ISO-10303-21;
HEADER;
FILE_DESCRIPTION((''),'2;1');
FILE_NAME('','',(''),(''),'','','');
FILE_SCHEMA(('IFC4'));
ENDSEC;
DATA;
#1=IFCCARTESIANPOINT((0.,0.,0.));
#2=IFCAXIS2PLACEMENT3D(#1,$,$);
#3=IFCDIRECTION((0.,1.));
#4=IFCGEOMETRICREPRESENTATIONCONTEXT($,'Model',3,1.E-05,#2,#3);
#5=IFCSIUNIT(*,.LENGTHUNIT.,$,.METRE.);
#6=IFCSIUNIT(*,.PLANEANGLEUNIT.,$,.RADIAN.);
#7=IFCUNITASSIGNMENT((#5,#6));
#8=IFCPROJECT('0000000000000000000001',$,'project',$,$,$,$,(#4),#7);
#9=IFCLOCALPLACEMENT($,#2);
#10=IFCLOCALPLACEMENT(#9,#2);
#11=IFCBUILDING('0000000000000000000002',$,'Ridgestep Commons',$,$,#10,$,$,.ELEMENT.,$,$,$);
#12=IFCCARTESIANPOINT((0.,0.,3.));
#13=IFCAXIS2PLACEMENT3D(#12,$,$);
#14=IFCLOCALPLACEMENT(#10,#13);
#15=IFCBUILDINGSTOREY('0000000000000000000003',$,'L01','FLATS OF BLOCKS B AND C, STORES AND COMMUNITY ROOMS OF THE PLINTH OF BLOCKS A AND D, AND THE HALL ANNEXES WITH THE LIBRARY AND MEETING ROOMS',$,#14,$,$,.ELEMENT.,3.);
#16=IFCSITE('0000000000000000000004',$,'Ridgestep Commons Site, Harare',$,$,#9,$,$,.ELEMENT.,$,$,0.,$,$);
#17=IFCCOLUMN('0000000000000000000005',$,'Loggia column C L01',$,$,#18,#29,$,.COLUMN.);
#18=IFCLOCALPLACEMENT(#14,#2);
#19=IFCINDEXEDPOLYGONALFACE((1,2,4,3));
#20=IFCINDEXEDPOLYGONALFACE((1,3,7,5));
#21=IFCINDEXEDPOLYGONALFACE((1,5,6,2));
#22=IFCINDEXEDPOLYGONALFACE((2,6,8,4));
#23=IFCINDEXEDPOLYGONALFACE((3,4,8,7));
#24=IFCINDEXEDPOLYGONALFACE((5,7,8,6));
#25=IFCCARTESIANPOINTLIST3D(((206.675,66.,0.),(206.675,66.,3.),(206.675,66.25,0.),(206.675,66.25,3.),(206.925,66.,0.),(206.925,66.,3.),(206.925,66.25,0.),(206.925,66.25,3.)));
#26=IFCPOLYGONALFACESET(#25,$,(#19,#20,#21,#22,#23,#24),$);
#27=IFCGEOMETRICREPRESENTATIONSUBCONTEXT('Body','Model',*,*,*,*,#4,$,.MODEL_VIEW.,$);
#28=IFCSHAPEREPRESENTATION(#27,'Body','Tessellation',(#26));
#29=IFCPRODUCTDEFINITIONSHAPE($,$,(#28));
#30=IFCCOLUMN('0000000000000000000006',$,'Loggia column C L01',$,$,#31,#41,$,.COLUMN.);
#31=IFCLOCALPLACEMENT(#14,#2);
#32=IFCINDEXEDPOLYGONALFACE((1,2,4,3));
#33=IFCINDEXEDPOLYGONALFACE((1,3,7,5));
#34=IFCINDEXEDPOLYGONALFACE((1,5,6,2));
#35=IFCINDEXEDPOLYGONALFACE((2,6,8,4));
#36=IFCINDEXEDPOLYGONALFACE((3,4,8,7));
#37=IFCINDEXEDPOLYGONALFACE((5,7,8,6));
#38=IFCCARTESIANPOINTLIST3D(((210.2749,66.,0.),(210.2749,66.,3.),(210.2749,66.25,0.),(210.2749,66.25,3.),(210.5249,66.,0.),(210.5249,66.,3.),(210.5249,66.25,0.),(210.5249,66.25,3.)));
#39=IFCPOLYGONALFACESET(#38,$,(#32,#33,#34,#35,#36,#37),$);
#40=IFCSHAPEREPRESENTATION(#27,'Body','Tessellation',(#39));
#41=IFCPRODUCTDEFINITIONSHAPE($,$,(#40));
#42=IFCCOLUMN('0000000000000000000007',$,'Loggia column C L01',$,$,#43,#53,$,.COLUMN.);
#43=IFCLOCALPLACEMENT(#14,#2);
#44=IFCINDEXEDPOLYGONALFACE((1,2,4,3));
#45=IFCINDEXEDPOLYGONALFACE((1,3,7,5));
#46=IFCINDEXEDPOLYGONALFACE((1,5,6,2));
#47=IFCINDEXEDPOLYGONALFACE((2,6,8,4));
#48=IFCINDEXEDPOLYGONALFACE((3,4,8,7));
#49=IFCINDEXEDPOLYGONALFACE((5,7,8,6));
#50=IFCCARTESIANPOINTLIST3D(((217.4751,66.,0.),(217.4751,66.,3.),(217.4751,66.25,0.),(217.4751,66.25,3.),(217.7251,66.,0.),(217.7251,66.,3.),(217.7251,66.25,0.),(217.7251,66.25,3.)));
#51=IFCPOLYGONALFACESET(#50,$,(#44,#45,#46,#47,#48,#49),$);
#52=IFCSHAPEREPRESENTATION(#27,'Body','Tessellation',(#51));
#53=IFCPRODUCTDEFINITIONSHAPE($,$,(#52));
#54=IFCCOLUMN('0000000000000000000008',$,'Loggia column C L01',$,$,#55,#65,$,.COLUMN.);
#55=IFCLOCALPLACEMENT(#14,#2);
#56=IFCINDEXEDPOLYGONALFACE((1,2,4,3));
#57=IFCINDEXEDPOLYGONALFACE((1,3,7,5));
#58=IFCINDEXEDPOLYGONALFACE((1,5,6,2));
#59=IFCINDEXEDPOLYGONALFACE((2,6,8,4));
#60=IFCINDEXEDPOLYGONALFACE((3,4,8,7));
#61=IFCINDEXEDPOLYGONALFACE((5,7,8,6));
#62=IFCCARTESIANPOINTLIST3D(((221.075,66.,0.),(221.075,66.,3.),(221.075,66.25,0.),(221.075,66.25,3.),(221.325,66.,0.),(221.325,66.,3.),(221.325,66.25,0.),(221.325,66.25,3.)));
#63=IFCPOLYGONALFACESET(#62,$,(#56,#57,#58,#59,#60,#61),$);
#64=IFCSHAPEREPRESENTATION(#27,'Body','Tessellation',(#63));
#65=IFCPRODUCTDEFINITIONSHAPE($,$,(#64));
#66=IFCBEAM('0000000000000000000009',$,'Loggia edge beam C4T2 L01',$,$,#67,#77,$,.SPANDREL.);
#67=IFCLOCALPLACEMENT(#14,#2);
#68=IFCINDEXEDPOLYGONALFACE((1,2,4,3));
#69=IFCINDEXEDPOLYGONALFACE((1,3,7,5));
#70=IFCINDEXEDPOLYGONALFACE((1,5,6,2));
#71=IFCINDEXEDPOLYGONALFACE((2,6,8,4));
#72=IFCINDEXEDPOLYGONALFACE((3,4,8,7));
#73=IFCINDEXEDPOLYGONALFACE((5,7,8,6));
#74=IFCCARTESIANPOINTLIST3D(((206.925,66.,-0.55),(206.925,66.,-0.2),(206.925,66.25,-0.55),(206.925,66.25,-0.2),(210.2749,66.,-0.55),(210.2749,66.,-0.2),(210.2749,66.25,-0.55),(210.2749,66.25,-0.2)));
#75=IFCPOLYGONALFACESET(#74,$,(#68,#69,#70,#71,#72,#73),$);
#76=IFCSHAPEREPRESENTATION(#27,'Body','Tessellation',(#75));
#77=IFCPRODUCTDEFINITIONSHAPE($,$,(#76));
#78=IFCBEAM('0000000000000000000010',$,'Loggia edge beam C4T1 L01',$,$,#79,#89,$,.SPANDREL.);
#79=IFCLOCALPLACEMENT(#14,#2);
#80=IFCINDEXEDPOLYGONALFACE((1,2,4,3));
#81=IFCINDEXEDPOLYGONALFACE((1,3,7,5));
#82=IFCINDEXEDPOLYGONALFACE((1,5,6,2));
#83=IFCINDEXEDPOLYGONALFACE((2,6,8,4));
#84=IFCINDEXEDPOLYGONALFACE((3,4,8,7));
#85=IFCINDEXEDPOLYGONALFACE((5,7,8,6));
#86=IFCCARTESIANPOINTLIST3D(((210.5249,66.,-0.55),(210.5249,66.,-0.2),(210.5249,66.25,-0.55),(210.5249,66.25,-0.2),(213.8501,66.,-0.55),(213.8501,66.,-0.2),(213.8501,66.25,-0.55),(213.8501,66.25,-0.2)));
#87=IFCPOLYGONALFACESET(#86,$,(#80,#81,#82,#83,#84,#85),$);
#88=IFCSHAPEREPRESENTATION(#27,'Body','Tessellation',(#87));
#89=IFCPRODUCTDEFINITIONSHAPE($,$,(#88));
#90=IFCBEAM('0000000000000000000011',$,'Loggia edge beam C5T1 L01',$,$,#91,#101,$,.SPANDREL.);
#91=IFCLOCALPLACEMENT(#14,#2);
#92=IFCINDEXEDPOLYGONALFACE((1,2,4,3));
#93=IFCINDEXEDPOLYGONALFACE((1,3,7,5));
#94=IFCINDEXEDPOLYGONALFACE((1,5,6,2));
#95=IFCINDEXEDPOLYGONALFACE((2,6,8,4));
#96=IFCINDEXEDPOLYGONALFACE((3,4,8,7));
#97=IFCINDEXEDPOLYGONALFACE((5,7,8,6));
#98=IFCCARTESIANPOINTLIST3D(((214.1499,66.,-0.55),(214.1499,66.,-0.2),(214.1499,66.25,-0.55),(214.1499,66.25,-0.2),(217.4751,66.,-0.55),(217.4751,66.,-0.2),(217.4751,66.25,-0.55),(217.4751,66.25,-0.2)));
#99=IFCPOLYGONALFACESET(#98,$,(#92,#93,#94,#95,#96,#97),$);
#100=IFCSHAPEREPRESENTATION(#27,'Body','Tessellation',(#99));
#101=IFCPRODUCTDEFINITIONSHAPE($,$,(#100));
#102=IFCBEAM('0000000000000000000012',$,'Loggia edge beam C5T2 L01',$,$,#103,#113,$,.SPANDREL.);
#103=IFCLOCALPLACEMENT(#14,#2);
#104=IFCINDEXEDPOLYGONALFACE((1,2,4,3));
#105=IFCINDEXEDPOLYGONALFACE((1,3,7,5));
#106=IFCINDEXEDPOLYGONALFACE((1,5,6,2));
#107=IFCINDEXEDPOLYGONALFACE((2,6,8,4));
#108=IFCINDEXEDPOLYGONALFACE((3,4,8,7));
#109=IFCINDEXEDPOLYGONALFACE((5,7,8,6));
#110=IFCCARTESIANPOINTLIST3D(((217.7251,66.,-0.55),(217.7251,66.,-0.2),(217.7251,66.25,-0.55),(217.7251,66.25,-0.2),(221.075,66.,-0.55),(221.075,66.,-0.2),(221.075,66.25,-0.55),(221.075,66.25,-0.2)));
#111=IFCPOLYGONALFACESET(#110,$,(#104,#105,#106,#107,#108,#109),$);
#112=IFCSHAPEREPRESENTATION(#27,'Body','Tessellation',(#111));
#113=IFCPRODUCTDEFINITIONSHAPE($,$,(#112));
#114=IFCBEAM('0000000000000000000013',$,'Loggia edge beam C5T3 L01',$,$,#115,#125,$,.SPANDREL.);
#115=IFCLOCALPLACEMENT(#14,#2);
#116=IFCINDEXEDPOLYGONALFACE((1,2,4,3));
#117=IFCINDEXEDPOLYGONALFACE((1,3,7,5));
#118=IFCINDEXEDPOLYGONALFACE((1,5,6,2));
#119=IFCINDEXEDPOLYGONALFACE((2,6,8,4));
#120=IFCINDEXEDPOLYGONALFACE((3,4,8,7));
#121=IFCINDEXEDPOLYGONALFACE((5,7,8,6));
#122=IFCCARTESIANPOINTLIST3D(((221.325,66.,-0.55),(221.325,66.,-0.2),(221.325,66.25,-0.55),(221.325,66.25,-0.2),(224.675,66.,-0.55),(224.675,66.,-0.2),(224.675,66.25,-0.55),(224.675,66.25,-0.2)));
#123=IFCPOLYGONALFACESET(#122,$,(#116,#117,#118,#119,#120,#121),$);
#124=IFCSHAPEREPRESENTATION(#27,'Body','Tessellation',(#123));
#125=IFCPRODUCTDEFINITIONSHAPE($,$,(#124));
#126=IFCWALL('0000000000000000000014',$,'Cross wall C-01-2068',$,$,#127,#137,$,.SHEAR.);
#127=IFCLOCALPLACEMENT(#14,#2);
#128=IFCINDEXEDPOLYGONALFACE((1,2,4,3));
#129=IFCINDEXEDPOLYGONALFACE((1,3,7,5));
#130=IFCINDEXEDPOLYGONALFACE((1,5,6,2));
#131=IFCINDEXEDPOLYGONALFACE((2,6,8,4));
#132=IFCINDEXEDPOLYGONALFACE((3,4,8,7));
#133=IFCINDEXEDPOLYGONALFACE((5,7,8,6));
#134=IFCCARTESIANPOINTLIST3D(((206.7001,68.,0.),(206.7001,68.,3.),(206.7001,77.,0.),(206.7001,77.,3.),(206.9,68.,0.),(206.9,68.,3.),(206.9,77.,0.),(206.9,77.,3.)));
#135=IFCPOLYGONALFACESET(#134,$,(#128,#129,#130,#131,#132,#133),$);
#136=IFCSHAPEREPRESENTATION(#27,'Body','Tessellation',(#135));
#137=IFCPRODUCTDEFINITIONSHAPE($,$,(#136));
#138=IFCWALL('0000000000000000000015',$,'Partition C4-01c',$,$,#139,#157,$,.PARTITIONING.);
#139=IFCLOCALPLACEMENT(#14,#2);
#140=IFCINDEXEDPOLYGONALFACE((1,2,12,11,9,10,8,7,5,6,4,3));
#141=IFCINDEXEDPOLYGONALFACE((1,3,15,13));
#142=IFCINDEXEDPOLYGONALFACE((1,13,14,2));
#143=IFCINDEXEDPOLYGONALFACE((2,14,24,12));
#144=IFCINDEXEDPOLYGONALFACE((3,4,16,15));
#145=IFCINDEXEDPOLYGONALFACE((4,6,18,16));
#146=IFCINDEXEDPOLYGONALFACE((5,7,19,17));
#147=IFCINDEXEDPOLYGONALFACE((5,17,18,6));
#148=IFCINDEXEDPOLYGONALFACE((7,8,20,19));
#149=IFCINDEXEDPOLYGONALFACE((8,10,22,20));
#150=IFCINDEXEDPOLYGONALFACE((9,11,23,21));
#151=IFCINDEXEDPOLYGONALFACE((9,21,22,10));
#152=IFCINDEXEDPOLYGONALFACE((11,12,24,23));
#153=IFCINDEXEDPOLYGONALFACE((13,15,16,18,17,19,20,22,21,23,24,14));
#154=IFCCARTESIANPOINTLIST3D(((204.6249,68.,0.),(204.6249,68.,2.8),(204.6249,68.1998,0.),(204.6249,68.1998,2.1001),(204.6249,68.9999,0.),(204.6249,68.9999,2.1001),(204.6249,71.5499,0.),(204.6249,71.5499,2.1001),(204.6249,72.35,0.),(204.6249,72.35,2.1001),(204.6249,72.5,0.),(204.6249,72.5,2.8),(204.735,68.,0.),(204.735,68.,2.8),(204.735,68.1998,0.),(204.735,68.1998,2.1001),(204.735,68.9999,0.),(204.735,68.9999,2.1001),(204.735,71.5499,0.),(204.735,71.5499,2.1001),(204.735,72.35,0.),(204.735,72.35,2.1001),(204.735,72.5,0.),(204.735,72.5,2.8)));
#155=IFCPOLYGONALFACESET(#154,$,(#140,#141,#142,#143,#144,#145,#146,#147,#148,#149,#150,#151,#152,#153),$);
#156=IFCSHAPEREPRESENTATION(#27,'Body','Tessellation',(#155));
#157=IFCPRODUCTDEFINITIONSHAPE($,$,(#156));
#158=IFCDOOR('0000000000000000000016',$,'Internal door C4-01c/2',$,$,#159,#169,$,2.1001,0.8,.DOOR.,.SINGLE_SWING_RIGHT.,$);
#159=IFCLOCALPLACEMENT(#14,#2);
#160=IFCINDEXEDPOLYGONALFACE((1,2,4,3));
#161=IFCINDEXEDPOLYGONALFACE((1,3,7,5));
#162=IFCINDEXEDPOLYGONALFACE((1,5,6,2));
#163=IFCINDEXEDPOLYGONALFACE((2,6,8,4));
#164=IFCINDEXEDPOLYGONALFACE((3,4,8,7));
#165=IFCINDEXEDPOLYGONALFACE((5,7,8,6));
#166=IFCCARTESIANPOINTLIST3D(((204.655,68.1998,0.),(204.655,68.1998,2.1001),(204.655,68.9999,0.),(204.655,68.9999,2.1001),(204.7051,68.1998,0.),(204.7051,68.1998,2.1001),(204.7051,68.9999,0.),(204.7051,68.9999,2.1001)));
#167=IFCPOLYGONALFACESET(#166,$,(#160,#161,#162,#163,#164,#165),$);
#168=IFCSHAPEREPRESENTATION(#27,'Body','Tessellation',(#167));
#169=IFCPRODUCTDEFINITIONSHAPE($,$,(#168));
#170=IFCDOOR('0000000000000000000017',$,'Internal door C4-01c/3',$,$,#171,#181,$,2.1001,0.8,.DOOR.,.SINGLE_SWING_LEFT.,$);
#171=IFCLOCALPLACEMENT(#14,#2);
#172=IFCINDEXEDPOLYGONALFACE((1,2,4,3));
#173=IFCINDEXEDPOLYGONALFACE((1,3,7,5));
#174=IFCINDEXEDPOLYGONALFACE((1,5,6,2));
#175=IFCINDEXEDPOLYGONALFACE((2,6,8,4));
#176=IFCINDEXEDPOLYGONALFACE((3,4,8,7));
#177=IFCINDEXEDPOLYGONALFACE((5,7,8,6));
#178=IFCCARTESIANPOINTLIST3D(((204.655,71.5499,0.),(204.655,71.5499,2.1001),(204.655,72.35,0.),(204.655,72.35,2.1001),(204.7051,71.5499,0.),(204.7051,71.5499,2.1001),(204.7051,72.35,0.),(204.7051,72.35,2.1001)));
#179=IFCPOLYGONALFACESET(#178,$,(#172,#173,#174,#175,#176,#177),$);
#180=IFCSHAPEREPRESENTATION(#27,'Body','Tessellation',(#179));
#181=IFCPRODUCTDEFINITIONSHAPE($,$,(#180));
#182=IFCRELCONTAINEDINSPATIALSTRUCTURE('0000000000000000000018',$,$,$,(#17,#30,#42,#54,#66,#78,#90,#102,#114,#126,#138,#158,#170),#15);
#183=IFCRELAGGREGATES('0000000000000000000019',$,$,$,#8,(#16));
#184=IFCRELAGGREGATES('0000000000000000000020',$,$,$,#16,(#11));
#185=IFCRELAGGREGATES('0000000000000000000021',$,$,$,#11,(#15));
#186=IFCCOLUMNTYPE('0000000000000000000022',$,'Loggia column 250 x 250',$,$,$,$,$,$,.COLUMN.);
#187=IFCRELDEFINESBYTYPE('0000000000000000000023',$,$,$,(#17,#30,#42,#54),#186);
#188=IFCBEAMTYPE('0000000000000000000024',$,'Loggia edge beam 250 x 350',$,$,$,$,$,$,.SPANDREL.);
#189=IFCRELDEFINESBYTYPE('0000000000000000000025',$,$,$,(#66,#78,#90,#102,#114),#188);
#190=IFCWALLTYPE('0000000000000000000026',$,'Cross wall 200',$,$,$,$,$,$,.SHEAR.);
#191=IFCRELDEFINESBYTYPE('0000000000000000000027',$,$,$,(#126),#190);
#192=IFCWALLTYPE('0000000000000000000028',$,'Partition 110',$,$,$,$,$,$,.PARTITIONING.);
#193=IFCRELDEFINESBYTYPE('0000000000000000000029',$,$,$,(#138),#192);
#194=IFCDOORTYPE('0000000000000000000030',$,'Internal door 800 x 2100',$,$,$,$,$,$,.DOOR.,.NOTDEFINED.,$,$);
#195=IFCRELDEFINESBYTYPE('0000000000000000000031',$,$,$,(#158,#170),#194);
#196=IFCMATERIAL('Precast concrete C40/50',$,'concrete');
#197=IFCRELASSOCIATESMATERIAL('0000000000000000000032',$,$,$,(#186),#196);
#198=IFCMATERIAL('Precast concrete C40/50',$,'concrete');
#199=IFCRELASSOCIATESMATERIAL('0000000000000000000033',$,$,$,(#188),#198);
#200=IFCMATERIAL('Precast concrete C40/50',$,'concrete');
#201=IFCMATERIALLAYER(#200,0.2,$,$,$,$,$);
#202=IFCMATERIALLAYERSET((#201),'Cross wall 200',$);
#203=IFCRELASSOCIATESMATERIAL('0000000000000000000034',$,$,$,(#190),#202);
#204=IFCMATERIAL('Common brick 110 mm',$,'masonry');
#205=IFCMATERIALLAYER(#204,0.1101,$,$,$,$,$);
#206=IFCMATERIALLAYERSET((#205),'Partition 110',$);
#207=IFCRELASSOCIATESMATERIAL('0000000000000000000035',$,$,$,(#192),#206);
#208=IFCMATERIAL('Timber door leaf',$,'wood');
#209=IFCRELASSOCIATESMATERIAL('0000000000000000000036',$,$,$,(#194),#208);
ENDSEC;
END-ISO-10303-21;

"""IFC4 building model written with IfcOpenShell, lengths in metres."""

from ifc_helpers import new_model, si_unit, direction, frame, frame_2d, origin, origin_2d, place, context, subcontext, project, spatial, rectangle, extrude, material, layer, layer_set, material_profile, profile_set, type_object, element, fill, save


model = new_model("IFC4")

# Units and contexts
model_context = context("Model", 3, precision=1e-05, world=origin(), true_north=direction((0.0, 1.0)))
body_context = subcontext(model_context, "Body", "Model", "MODEL_VIEW")
ifc_project = project(units=[si_unit("LENGTHUNIT", "METRE"), si_unit("PLANEANGLEUNIT", "RADIAN")], contexts=[model_context])

# Site, building, storey
site_placement = place(None, origin())
site = spatial("IfcSite", under=ifc_project, at=site_placement, Name="Ridgestep Commons Site, Harare", CompositionType="ELEMENT", RefElevation=0.0)
building_placement = place(site_placement, origin())
building = spatial("IfcBuilding", under=site, at=building_placement, Name="Ridgestep Commons", CompositionType="ELEMENT")
storey_placement = place(building_placement, frame((0.0, 0.0, 3.0)))
storey = spatial("IfcBuildingStorey", under=building, at=storey_placement, Name="L01", Description="FLATS OF BLOCKS B AND C, STORES AND COMMUNITY ROOMS OF THE PLINTH OF BLOCKS A AND D, AND THE HALL ANNEXES WITH THE LIBRARY AND MEETING ROOMS", CompositionType="ELEMENT", Elevation=3.0)

# Columns
ifc_material_1 = material(Name="Precast concrete C40/50", Category="concrete")
ifc_material_profile_1 = material_profile(ifc_material_1, rectangle(XDim=0.25, YDim=0.25, at=origin_2d()), Name="PC 250x250")
ifc_profile_set_1 = profile_set([ifc_material_profile_1], Name="Precast concrete C40/50")
column_type = type_object("IfcColumnType", Name="Loggia column 250 x 250", PredefinedType="COLUMN", material=ifc_profile_set_1)
for number, where, z_axis, x_axis, name in (
    (1, (206.8, 66.125, 0.0), (0.0, 0.0, 1.0), (1.0, 0.0, 0.0), "Loggia column C L01"),
    (2, (210.3999, 66.125, 0.0), (0.0, 0.0, 1.0), (1.0, 0.0, 0.0), "Loggia column C L01"),
    (3, (217.6001, 66.125, 0.0), (0.0, 0.0, 1.0), (1.0, 0.0, 0.0), "Loggia column C L01"),
    (4, (221.2, 66.125, 0.0), (0.0, 0.0, 1.0), (1.0, 0.0, 0.0), "Loggia column C L01"),
):
    element("IfcColumn", number, at=place(storey_placement, frame(where, z_axis=z_axis, x_axis=x_axis)), inside=storey, type_object=column_type, Name=name, PredefinedType="COLUMN", context=body_context, shape_type="SweptSolid", body=[
        extrude(rectangle(XDim=0.25, YDim=0.25, at=origin_2d()), origin(), (0.0, 0.0, 1.0), 3.0),
    ])

# Beams
ifc_material_2 = material(Name="Precast concrete C40/50", Category="concrete")
ifc_material_profile_2 = material_profile(ifc_material_2, rectangle(XDim=0.25, YDim=0.3501, at=origin_2d()), Name="PC 250x350")
ifc_profile_set_2 = profile_set([ifc_material_profile_2], Name="Precast concrete C40/50")
beam_type = type_object("IfcBeamType", Name="Loggia edge beam 250 x 350", PredefinedType="SPANDREL", material=ifc_profile_set_2)
beam_1_placement = place(storey_placement, frame((206.925, 66.125, -0.375), z_axis=(1.0, 0.0, 0.0), x_axis=(0.0, 1.0, 0.0)))
element("IfcBeam", 5, at=beam_1_placement, inside=storey, type_object=beam_type, Name="Loggia edge beam C4T2 L01", PredefinedType="SPANDREL", context=body_context, shape_type="SweptSolid", body=[
    extrude(rectangle(XDim=0.25, YDim=0.3501, at=origin_2d()), origin(), (0.0, 0.0, 1.0), 3.3499),
])
for number, where, z_axis, x_axis, name in (
    (6, (210.5249, 66.125, -0.375), (1.0, 0.0, 0.0), (0.0, 1.0, 0.0), "Loggia edge beam C4T1 L01"),
    (7, (214.1499, 66.125, -0.375), (1.0, 0.0, 0.0), (0.0, 1.0, 0.0), "Loggia edge beam C5T1 L01"),
):
    element("IfcBeam", number, at=place(storey_placement, frame(where, z_axis=z_axis, x_axis=x_axis)), inside=storey, type_object=beam_type, Name=name, PredefinedType="SPANDREL", context=body_context, shape_type="SweptSolid", body=[
        extrude(rectangle(XDim=0.25, YDim=0.3501, at=origin_2d()), origin(), (0.0, 0.0, 1.0), 3.3252),
    ])
beam_2_placement = place(storey_placement, frame((217.7251, 66.125, -0.375), z_axis=(1.0, 0.0, 0.0), x_axis=(0.0, 1.0, 0.0)))
element("IfcBeam", 8, at=beam_2_placement, inside=storey, type_object=beam_type, Name="Loggia edge beam C5T2 L01", PredefinedType="SPANDREL", context=body_context, shape_type="SweptSolid", body=[
    extrude(rectangle(XDim=0.25, YDim=0.3501, at=origin_2d()), origin(), (0.0, 0.0, 1.0), 3.3499),
])
beam_3_placement = place(storey_placement, frame((221.325, 66.125, -0.375), z_axis=(1.0, 0.0, 0.0), x_axis=(0.0, 1.0, 0.0)))
element("IfcBeam", 9, at=beam_3_placement, inside=storey, type_object=beam_type, Name="Loggia edge beam C5T3 L01", PredefinedType="SPANDREL", context=body_context, shape_type="SweptSolid", body=[
    extrude(rectangle(XDim=0.25, YDim=0.3501, at=origin_2d()), origin(), (0.0, 0.0, 1.0), 3.3501),
])

# Wall
ifc_material_3 = material(Name="Precast concrete C40/50", Category="concrete")
ifc_layer_1 = layer(ifc_material_3, 0.2)
ifc_layer_set_1 = layer_set([ifc_layer_1], Name="Cross wall 200")
wall_type_1 = type_object("IfcWallType", Name="Cross wall 200", PredefinedType="SHEAR", material=ifc_layer_set_1)
wall_1_placement = place(storey_placement, frame((206.8, 68.0, 0.0), z_axis=(0.0, 0.0, 1.0), x_axis=(0.0, 1.0, 0.0)))
element("IfcWall", 10, at=wall_1_placement, inside=storey, type_object=wall_type_1, Name="Cross wall C-01-2068", PredefinedType="SHEAR", context=body_context, shape_type="SweptSolid", body=[
    extrude(rectangle(XDim=9.0, YDim=0.2, at=frame_2d((4.5, 0.0))), origin(), (0.0, 0.0, 1.0), 3.0),
])

# Wall, openings, doors
ifc_material_4 = material(Name="Common brick 110 mm", Category="masonry")
ifc_layer_2 = layer(ifc_material_4, 0.1101)
ifc_layer_set_2 = layer_set([ifc_layer_2], Name="Partition 110")
wall_type_2 = type_object("IfcWallType", Name="Partition 110", PredefinedType="PARTITIONING", material=ifc_layer_set_2)
wall_2_placement = place(storey_placement, frame((204.6799, 68.0, 0.0), z_axis=(0.0, 0.0, 1.0), x_axis=(0.0, 1.0, 0.0)))
wall_2 = element("IfcWall", 11, at=wall_2_placement, inside=storey, type_object=wall_type_2, Name="Partition C4-01c", PredefinedType="PARTITIONING", context=body_context, shape_type="SweptSolid", body=[
    extrude(rectangle(XDim=4.5, YDim=0.1101, at=frame_2d((2.25, 0.0))), origin(), (0.0, 0.0, 1.0), 2.8),
])
opening_1_placement = place(wall_2_placement, frame((0.2, 0.0, 0.0)))
opening_1 = element("IfcOpeningElement", 12, at=opening_1_placement, cuts=wall_2, PredefinedType="OPENING", context=body_context, shape_type="SweptSolid", body=[
    extrude(rectangle(XDim=0.8, YDim=2.1001, at=frame_2d((0.3999, 1.05))), frame((0.0, 0.0649, 0.0), z_axis=(0.0, -1.0, 0.0), x_axis=(1.0, 0.0, 0.0)), (0.0, 0.0, 1.0), 0.1301),
])
opening_2_placement = place(wall_2_placement, frame((3.55, 0.0, 0.0)))
opening_2 = element("IfcOpeningElement", 13, at=opening_2_placement, cuts=wall_2, PredefinedType="OPENING", context=body_context, shape_type="SweptSolid", body=[
    extrude(rectangle(XDim=0.8, YDim=2.1001, at=frame_2d((0.3999, 1.05))), frame((0.0, 0.0649, 0.0), z_axis=(0.0, -1.0, 0.0), x_axis=(1.0, 0.0, 0.0)), (0.0, 0.0, 1.0), 0.1301),
])
ifc_material_5 = material(Name="Timber door leaf", Category="wood")
door_type_1 = type_object("IfcDoorType", Name="Internal door 800 x 2100", OperationType="NOTDEFINED", PredefinedType="DOOR", material=ifc_material_5)
door_1_placement = place(opening_1_placement, origin())
door_1 = element("IfcDoor", 14, at=door_1_placement, inside=storey, type_object=door_type_1, Name="Internal door C4-01c/2", OperationType="SINGLE_SWING_RIGHT", OverallHeight=2.1001, OverallWidth=0.8, PredefinedType="DOOR", context=body_context, shape_type="SweptSolid", body=[
    extrude(rectangle(XDim=0.8, YDim=2.1001, at=frame_2d((0.3999, 1.05))), frame((0.0, 0.0249, 0.0), z_axis=(0.0, -1.0, 0.0), x_axis=(1.0, 0.0, 0.0)), (0.0, 0.0, 1.0), 0.05),
])
fill(opening_1, door_1)
door_2_placement = place(opening_2_placement, origin())
door_2 = element("IfcDoor", 15, at=door_2_placement, inside=storey, type_object=door_type_1, Name="Internal door C4-01c/3", OperationType="SINGLE_SWING_LEFT", OverallHeight=2.1001, OverallWidth=0.8, PredefinedType="DOOR", context=body_context, shape_type="SweptSolid", body=[
    extrude(rectangle(XDim=0.8, YDim=2.1001, at=frame_2d((0.3999, 1.05))), frame((0.0, 0.0249, 0.0), z_axis=(0.0, -1.0, 0.0), x_axis=(1.0, 0.0, 0.0)), (0.0, 0.0, 1.0), 0.05),
])
fill(opening_2, door_2)

save(model, "model.ifc")
